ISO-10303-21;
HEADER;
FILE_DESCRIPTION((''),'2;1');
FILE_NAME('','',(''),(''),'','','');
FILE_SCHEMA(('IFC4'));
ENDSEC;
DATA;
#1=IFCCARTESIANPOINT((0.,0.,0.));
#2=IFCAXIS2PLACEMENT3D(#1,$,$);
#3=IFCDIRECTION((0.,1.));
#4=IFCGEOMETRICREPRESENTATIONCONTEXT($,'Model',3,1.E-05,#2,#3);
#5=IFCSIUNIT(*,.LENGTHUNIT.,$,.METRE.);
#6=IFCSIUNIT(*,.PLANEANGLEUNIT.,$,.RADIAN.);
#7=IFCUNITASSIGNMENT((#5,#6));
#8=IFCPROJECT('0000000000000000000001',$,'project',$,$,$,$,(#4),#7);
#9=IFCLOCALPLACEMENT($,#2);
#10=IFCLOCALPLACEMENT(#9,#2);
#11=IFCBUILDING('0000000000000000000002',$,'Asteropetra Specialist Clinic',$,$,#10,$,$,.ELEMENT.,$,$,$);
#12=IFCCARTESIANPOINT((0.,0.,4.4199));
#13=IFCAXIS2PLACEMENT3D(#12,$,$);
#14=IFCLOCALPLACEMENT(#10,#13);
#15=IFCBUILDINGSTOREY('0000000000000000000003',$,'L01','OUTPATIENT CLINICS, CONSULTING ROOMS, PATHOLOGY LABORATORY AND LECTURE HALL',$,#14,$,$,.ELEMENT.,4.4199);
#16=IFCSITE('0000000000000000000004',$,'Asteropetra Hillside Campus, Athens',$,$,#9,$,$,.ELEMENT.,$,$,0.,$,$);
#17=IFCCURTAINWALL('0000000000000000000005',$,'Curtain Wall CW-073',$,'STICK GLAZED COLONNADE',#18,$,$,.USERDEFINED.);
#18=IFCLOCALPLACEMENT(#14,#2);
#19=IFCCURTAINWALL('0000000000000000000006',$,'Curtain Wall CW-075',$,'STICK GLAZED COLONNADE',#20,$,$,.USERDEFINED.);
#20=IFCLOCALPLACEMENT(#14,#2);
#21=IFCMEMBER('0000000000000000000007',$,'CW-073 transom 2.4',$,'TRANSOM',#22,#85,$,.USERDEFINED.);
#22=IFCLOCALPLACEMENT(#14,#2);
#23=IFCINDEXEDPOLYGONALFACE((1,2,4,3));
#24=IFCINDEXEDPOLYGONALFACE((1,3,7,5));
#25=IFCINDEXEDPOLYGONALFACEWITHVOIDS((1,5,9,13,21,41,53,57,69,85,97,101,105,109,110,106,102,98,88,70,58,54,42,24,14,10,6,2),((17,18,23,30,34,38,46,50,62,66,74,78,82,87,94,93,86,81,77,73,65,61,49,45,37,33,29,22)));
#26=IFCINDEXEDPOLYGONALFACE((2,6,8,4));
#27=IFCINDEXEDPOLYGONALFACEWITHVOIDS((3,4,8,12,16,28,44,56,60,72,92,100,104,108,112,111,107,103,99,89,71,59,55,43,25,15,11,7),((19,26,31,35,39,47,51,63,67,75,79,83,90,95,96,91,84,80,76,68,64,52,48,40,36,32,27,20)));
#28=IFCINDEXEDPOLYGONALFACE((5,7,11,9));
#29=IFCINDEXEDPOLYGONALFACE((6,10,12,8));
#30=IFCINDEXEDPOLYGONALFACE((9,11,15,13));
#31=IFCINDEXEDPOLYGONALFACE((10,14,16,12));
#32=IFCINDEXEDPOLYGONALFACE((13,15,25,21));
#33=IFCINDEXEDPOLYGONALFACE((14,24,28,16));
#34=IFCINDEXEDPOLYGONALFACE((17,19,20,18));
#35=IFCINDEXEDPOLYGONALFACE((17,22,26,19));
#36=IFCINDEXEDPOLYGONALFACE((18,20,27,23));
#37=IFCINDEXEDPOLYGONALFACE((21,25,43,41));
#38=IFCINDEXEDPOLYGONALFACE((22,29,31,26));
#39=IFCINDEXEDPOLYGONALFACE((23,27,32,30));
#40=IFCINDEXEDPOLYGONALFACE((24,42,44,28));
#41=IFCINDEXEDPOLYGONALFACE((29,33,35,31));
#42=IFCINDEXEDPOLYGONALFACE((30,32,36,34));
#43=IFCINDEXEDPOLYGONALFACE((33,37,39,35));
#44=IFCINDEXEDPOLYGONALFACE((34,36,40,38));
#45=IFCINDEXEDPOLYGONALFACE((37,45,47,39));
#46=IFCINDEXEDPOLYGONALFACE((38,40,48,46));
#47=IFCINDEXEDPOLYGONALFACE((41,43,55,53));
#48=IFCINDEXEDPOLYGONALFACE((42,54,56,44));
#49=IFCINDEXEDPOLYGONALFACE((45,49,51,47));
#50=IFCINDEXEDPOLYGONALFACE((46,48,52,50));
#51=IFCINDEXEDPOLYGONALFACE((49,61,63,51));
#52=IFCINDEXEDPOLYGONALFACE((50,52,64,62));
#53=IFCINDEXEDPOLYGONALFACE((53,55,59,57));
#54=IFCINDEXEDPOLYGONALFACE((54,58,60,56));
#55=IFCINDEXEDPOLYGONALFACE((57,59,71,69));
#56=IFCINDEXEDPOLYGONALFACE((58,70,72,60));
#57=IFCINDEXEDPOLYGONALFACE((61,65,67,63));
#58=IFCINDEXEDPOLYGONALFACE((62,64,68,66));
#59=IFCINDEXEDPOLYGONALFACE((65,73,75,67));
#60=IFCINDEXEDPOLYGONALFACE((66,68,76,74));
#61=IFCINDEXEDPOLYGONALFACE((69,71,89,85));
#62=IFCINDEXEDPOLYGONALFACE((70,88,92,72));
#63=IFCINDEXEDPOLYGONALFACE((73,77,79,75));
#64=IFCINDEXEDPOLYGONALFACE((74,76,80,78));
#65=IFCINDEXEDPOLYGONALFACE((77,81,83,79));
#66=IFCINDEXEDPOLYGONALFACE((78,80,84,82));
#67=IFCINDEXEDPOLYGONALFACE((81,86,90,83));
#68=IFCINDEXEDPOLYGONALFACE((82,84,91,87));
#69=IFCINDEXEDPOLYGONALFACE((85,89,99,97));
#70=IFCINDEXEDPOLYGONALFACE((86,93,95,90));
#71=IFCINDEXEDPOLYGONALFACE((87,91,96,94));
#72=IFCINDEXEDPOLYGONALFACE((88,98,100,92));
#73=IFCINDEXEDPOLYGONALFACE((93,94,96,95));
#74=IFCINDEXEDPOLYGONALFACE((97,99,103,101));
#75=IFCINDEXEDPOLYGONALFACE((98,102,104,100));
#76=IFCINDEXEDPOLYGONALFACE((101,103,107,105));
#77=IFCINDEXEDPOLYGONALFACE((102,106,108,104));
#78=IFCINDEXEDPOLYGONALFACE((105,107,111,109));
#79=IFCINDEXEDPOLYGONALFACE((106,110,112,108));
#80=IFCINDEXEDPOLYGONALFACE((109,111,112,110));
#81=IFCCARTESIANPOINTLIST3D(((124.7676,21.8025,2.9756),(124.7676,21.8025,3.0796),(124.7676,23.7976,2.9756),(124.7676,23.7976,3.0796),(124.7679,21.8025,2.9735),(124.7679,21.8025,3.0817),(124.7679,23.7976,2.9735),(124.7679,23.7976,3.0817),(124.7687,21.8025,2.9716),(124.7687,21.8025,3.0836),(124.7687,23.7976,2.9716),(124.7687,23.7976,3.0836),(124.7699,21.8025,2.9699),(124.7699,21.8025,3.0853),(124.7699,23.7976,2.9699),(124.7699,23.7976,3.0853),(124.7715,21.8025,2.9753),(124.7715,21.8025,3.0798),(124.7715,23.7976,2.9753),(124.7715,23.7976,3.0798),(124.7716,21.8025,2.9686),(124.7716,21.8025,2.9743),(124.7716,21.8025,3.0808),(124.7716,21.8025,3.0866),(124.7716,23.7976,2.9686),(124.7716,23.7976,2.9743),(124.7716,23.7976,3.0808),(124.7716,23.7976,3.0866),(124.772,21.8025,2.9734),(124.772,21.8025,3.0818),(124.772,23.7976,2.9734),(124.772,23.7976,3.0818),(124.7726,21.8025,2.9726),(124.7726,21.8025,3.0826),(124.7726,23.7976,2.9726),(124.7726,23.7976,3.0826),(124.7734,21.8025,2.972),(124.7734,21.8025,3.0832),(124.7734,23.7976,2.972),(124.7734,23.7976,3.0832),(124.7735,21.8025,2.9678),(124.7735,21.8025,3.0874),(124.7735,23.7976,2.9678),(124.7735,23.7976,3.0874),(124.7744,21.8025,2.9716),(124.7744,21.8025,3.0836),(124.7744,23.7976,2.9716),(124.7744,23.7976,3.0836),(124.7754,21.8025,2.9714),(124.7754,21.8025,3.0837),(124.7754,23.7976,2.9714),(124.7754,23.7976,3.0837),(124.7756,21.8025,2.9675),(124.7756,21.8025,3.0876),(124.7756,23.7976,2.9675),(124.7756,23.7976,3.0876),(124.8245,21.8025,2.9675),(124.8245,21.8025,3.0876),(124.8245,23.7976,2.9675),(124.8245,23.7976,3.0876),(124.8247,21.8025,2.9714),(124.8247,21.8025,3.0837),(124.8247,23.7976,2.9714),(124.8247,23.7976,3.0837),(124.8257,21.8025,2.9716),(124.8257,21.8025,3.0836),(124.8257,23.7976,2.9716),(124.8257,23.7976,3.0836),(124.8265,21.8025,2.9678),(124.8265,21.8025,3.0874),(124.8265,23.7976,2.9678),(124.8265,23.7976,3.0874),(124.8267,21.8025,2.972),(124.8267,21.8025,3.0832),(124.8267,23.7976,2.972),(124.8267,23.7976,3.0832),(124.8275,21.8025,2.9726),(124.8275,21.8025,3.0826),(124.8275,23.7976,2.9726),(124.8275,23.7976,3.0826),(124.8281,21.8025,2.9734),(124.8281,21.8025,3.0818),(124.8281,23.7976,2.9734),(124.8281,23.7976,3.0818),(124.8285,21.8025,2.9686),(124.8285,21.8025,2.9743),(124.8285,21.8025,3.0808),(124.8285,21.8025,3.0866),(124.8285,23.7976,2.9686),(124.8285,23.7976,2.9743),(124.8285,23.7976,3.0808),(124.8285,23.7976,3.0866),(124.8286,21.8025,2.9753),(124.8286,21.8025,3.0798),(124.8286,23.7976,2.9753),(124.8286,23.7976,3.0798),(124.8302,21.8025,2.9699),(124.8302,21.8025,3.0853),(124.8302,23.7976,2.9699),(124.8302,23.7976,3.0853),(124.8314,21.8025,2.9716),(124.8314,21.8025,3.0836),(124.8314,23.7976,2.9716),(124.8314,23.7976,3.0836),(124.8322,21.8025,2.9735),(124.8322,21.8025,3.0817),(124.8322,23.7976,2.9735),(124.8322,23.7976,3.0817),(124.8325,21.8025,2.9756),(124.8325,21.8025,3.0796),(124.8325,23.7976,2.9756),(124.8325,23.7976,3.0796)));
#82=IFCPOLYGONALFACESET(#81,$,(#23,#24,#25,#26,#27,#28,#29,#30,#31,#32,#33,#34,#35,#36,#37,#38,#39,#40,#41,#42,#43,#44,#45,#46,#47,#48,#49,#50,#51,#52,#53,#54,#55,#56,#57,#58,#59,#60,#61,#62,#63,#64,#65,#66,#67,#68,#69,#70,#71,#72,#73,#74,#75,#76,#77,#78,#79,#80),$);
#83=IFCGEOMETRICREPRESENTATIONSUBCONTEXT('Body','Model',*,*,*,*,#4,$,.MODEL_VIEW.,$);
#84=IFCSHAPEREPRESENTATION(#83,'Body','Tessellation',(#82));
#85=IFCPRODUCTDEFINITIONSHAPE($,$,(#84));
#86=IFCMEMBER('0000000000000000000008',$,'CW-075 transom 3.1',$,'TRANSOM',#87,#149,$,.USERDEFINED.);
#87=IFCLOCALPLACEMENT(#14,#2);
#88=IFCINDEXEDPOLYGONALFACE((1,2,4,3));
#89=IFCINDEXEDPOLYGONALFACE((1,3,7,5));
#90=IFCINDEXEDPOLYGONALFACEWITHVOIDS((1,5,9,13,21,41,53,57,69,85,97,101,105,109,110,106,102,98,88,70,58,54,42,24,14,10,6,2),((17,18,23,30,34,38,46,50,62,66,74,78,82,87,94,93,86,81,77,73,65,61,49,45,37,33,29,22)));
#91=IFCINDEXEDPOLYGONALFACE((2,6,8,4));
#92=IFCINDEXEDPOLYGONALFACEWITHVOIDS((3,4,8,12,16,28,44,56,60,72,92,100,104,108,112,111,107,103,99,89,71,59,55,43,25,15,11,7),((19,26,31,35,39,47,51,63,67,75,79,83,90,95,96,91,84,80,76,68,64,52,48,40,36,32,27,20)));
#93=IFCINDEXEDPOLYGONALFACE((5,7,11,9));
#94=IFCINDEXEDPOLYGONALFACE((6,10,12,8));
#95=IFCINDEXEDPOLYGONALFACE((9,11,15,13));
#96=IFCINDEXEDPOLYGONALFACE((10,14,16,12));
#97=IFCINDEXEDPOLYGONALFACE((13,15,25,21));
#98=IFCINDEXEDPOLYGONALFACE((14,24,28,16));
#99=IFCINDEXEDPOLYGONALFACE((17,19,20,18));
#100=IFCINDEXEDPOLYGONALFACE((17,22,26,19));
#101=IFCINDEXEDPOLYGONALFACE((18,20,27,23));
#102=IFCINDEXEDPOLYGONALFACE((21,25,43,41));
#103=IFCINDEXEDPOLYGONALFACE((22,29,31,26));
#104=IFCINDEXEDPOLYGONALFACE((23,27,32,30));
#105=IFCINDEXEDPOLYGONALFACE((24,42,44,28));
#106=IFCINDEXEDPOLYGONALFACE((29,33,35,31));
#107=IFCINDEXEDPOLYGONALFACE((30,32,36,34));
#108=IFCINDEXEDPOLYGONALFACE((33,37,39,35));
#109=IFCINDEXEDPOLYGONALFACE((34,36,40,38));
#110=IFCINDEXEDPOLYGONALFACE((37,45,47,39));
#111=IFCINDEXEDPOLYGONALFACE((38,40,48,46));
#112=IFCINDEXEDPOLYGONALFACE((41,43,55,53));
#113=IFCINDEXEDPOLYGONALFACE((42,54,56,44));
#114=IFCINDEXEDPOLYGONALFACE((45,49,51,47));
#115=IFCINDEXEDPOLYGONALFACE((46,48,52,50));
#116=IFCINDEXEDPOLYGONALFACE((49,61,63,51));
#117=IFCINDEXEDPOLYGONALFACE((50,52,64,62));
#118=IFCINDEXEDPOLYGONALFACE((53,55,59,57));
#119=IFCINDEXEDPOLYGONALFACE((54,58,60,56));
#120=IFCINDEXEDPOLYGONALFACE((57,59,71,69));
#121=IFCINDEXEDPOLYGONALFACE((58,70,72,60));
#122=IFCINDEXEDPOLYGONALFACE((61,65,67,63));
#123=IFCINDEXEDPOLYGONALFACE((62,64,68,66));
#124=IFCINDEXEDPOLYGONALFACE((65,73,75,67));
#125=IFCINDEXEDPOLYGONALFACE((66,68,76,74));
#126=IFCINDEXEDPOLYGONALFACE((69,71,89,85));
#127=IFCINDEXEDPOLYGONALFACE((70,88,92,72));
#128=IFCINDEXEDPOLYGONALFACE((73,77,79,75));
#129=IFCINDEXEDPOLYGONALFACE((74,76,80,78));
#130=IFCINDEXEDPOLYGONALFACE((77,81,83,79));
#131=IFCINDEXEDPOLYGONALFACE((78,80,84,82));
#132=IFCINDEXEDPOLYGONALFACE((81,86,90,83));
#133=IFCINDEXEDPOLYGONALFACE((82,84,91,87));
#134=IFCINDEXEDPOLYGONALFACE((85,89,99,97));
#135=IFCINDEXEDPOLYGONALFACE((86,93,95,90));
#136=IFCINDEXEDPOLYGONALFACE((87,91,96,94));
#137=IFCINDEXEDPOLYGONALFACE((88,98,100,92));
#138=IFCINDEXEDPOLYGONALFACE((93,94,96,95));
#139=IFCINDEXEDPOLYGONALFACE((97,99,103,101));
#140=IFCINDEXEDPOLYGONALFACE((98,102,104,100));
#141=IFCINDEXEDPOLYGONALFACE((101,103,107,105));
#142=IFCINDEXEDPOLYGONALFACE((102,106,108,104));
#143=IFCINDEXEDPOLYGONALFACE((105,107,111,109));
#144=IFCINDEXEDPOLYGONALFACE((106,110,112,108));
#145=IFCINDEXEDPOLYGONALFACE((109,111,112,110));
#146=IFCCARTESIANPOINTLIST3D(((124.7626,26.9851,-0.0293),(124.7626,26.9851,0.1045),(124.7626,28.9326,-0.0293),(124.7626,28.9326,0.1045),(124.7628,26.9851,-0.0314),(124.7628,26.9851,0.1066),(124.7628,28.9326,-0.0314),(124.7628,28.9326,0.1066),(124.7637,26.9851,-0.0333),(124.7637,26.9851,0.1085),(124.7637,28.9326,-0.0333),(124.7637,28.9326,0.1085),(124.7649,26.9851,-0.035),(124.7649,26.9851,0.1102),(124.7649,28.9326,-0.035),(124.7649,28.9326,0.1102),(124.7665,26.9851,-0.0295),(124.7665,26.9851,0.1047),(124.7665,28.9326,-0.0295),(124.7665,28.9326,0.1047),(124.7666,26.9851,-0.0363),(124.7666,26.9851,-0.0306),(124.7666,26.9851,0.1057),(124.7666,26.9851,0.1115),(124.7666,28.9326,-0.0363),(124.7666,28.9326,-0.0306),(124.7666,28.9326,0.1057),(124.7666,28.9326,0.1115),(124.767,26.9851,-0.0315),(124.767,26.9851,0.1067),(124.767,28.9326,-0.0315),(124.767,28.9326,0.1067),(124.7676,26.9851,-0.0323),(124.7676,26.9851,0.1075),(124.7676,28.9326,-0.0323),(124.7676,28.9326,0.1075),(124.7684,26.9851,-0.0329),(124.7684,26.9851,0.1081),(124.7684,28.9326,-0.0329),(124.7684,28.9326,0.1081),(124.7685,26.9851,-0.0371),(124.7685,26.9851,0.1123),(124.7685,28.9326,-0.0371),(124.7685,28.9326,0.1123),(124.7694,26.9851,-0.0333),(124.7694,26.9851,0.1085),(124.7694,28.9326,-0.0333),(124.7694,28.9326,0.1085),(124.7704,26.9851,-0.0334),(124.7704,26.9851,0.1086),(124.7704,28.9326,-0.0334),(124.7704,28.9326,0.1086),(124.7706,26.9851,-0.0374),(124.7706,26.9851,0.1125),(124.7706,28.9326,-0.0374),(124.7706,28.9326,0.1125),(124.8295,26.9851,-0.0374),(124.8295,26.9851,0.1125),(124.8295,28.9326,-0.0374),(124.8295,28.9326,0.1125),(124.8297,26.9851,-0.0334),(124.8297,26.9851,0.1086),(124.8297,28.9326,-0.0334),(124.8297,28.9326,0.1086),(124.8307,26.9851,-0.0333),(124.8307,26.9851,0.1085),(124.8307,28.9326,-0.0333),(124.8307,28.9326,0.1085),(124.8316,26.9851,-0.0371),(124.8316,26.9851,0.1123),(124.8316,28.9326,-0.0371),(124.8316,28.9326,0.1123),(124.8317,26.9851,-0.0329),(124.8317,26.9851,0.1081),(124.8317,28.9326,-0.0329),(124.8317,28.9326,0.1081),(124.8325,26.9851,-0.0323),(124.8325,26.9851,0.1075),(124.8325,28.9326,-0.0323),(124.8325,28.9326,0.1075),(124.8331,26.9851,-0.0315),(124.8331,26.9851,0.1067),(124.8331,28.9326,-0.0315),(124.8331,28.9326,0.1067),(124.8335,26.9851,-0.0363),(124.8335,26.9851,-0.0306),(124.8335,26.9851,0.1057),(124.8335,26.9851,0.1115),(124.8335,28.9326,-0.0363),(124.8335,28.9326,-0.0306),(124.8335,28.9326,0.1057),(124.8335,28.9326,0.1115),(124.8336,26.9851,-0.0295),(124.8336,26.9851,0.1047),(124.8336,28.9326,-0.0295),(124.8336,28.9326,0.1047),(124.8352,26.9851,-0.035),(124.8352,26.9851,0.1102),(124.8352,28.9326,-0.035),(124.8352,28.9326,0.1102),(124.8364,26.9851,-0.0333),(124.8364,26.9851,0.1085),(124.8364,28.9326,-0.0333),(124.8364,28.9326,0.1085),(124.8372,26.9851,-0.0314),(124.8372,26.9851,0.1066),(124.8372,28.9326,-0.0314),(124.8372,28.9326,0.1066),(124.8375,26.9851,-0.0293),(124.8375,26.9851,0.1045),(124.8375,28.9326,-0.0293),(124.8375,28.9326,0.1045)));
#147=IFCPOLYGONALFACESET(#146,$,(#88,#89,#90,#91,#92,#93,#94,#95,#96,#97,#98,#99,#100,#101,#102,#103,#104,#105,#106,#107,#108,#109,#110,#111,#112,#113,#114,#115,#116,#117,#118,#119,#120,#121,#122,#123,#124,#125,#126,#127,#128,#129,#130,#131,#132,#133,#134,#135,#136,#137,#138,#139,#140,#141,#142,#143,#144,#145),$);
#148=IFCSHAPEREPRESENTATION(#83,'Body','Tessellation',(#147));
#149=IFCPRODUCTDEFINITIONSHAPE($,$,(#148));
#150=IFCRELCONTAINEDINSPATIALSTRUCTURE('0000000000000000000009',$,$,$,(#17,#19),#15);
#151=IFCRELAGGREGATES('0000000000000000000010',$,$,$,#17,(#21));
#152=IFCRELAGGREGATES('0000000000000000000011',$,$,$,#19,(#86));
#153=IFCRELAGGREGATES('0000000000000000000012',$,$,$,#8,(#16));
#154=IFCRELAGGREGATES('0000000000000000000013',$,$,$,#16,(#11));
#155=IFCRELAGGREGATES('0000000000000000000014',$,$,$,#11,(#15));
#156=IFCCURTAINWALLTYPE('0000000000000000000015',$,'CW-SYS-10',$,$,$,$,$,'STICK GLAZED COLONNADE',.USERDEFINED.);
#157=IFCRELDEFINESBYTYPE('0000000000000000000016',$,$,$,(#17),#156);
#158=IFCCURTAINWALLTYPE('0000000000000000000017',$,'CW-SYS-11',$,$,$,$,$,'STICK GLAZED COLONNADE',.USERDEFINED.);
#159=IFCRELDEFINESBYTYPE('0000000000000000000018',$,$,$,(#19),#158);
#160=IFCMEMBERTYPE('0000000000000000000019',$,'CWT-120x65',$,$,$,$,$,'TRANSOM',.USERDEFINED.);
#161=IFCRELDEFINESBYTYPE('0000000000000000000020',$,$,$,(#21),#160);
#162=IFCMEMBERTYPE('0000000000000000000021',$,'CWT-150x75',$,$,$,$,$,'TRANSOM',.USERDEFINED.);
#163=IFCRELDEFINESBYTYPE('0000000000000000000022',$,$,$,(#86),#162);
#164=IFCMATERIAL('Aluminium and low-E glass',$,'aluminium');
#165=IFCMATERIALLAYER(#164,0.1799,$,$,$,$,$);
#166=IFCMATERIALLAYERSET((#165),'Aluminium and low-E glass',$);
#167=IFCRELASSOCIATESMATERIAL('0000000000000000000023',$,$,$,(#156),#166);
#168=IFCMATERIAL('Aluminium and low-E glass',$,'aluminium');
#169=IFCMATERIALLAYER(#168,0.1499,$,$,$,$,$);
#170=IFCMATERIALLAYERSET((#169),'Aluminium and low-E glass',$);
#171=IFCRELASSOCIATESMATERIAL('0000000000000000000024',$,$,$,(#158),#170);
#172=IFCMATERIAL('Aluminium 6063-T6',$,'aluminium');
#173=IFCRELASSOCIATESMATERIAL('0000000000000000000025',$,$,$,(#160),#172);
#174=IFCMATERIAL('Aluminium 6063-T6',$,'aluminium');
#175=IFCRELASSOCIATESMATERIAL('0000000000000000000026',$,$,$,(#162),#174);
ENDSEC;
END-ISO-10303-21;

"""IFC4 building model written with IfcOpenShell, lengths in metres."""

from ifc_helpers import new_model, si_unit, direction, frame, origin, origin_2d, place, context, subcontext, project, spatial, hollow_rectangle, extrude, material, layer, layer_set, material_profile, profile_set, type_object, element, aggregate, save


model = new_model("IFC4")

# Units and contexts
model_context = context("Model", 3, precision=1e-05, world=origin(), true_north=direction((0.0, 1.0)))
body_context = subcontext(model_context, "Body", "Model", "MODEL_VIEW")
ifc_project = project(units=[si_unit("LENGTHUNIT", "METRE"), si_unit("PLANEANGLEUNIT", "RADIAN")], contexts=[model_context])

# Site, building, storey
site_placement = place(None, origin())
site = spatial("IfcSite", under=ifc_project, at=site_placement, Name="Asteropetra Hillside Campus, Athens", CompositionType="ELEMENT", RefElevation=0.0)
building_placement = place(site_placement, origin())
building = spatial("IfcBuilding", under=site, at=building_placement, Name="Asteropetra Specialist Clinic", CompositionType="ELEMENT")
storey_placement = place(building_placement, frame((0.0, 0.0, 4.4199)))
storey = spatial("IfcBuildingStorey", under=building, at=storey_placement, Name="L01", Description="OUTPATIENT CLINICS, CONSULTING ROOMS, PATHOLOGY LABORATORY AND LECTURE HALL", CompositionType="ELEMENT", Elevation=4.4199)

# Curtain wall
ifc_material_1 = material(Name="Aluminium and low-E glass", Category="aluminium")
ifc_layer_1 = layer(ifc_material_1, 0.1799)
ifc_layer_set_1 = layer_set([ifc_layer_1], Name="Aluminium and low-E glass")
curtain_wall_type_1 = type_object("IfcCurtainWallType", Name="CW-SYS-10", ElementType="STICK GLAZED COLONNADE", PredefinedType="USERDEFINED", material=ifc_layer_set_1)
curtain_wall_1_placement = place(storey_placement, origin())
curtain_wall_1 = element("IfcCurtainWall", 1, at=curtain_wall_1_placement, inside=storey, type_object=curtain_wall_type_1, Name="Curtain Wall CW-073", ObjectType="STICK GLAZED COLONNADE", PredefinedType="USERDEFINED")

# Curtain wall
ifc_material_2 = material(Name="Aluminium and low-E glass", Category="aluminium")
ifc_layer_2 = layer(ifc_material_2, 0.1499)
ifc_layer_set_2 = layer_set([ifc_layer_2], Name="Aluminium and low-E glass")
curtain_wall_type_2 = type_object("IfcCurtainWallType", Name="CW-SYS-11", ElementType="STICK GLAZED COLONNADE", PredefinedType="USERDEFINED", material=ifc_layer_set_2)
curtain_wall_2_placement = place(storey_placement, origin())
curtain_wall_2 = element("IfcCurtainWall", 2, at=curtain_wall_2_placement, inside=storey, type_object=curtain_wall_type_2, Name="Curtain Wall CW-075", ObjectType="STICK GLAZED COLONNADE", PredefinedType="USERDEFINED")

# Members
ifc_material_3 = material(Name="Aluminium 6063-T6", Category="aluminium")
ifc_material_profile_1 = material_profile(ifc_material_3, hollow_rectangle(XDim=0.0649, YDim=0.1201, WallThickness=0.0039, InnerFilletRadius=0.0039, OuterFilletRadius=0.0081, at=origin_2d()), Name="TRN 120x65x4.0")
ifc_profile_set_1 = profile_set([ifc_material_profile_1], Name="Aluminium 6063-T6")
member_type_1 = type_object("IfcMemberType", Name="CWT-120x65", ElementType="TRANSOM", PredefinedType="USERDEFINED", material=ifc_profile_set_1)
member_1_placement = place(storey_placement, frame((124.8, 23.7976, 3.0276), z_axis=(0.0, -1.0, 0.0), x_axis=(1.0, 0.0, 0.0)))
member_1 = element("IfcMember", 3, at=member_1_placement, type_object=member_type_1, Name="CW-073 transom 2.4", ObjectType="TRANSOM", PredefinedType="USERDEFINED", context=body_context, shape_type="SweptSolid", body=[
    extrude(hollow_rectangle(XDim=0.0649, YDim=0.1201, WallThickness=0.0039, InnerFilletRadius=0.0039, OuterFilletRadius=0.0081, at=origin_2d()), origin(), (0.0, 0.0, 1.0), 1.9951),
])
ifc_material_4 = material(Name="Aluminium 6063-T6", Category="aluminium")
ifc_material_profile_2 = material_profile(ifc_material_4, hollow_rectangle(XDim=0.075, YDim=0.1499, WallThickness=0.0039, InnerFilletRadius=0.0039, OuterFilletRadius=0.0081, at=origin_2d()), Name="TRN 150x75x4.0")
ifc_profile_set_2 = profile_set([ifc_material_profile_2], Name="Aluminium 6063-T6")
member_type_2 = type_object("IfcMemberType", Name="CWT-150x75", ElementType="TRANSOM", PredefinedType="USERDEFINED", material=ifc_profile_set_2)
member_2_placement = place(storey_placement, frame((124.8, 28.9326, 0.0376), z_axis=(0.0, -1.0, 0.0), x_axis=(1.0, 0.0, 0.0)))
member_2 = element("IfcMember", 4, at=member_2_placement, type_object=member_type_2, Name="CW-075 transom 3.1", ObjectType="TRANSOM", PredefinedType="USERDEFINED", context=body_context, shape_type="SweptSolid", body=[
    extrude(hollow_rectangle(XDim=0.075, YDim=0.1499, WallThickness=0.0039, InnerFilletRadius=0.0039, OuterFilletRadius=0.0081, at=origin_2d()), origin(), (0.0, 0.0, 1.0), 1.9475),
])

aggregate(curtain_wall_1, [member_1])
aggregate(curtain_wall_2, [member_2])

save(model, "model.ifc")
